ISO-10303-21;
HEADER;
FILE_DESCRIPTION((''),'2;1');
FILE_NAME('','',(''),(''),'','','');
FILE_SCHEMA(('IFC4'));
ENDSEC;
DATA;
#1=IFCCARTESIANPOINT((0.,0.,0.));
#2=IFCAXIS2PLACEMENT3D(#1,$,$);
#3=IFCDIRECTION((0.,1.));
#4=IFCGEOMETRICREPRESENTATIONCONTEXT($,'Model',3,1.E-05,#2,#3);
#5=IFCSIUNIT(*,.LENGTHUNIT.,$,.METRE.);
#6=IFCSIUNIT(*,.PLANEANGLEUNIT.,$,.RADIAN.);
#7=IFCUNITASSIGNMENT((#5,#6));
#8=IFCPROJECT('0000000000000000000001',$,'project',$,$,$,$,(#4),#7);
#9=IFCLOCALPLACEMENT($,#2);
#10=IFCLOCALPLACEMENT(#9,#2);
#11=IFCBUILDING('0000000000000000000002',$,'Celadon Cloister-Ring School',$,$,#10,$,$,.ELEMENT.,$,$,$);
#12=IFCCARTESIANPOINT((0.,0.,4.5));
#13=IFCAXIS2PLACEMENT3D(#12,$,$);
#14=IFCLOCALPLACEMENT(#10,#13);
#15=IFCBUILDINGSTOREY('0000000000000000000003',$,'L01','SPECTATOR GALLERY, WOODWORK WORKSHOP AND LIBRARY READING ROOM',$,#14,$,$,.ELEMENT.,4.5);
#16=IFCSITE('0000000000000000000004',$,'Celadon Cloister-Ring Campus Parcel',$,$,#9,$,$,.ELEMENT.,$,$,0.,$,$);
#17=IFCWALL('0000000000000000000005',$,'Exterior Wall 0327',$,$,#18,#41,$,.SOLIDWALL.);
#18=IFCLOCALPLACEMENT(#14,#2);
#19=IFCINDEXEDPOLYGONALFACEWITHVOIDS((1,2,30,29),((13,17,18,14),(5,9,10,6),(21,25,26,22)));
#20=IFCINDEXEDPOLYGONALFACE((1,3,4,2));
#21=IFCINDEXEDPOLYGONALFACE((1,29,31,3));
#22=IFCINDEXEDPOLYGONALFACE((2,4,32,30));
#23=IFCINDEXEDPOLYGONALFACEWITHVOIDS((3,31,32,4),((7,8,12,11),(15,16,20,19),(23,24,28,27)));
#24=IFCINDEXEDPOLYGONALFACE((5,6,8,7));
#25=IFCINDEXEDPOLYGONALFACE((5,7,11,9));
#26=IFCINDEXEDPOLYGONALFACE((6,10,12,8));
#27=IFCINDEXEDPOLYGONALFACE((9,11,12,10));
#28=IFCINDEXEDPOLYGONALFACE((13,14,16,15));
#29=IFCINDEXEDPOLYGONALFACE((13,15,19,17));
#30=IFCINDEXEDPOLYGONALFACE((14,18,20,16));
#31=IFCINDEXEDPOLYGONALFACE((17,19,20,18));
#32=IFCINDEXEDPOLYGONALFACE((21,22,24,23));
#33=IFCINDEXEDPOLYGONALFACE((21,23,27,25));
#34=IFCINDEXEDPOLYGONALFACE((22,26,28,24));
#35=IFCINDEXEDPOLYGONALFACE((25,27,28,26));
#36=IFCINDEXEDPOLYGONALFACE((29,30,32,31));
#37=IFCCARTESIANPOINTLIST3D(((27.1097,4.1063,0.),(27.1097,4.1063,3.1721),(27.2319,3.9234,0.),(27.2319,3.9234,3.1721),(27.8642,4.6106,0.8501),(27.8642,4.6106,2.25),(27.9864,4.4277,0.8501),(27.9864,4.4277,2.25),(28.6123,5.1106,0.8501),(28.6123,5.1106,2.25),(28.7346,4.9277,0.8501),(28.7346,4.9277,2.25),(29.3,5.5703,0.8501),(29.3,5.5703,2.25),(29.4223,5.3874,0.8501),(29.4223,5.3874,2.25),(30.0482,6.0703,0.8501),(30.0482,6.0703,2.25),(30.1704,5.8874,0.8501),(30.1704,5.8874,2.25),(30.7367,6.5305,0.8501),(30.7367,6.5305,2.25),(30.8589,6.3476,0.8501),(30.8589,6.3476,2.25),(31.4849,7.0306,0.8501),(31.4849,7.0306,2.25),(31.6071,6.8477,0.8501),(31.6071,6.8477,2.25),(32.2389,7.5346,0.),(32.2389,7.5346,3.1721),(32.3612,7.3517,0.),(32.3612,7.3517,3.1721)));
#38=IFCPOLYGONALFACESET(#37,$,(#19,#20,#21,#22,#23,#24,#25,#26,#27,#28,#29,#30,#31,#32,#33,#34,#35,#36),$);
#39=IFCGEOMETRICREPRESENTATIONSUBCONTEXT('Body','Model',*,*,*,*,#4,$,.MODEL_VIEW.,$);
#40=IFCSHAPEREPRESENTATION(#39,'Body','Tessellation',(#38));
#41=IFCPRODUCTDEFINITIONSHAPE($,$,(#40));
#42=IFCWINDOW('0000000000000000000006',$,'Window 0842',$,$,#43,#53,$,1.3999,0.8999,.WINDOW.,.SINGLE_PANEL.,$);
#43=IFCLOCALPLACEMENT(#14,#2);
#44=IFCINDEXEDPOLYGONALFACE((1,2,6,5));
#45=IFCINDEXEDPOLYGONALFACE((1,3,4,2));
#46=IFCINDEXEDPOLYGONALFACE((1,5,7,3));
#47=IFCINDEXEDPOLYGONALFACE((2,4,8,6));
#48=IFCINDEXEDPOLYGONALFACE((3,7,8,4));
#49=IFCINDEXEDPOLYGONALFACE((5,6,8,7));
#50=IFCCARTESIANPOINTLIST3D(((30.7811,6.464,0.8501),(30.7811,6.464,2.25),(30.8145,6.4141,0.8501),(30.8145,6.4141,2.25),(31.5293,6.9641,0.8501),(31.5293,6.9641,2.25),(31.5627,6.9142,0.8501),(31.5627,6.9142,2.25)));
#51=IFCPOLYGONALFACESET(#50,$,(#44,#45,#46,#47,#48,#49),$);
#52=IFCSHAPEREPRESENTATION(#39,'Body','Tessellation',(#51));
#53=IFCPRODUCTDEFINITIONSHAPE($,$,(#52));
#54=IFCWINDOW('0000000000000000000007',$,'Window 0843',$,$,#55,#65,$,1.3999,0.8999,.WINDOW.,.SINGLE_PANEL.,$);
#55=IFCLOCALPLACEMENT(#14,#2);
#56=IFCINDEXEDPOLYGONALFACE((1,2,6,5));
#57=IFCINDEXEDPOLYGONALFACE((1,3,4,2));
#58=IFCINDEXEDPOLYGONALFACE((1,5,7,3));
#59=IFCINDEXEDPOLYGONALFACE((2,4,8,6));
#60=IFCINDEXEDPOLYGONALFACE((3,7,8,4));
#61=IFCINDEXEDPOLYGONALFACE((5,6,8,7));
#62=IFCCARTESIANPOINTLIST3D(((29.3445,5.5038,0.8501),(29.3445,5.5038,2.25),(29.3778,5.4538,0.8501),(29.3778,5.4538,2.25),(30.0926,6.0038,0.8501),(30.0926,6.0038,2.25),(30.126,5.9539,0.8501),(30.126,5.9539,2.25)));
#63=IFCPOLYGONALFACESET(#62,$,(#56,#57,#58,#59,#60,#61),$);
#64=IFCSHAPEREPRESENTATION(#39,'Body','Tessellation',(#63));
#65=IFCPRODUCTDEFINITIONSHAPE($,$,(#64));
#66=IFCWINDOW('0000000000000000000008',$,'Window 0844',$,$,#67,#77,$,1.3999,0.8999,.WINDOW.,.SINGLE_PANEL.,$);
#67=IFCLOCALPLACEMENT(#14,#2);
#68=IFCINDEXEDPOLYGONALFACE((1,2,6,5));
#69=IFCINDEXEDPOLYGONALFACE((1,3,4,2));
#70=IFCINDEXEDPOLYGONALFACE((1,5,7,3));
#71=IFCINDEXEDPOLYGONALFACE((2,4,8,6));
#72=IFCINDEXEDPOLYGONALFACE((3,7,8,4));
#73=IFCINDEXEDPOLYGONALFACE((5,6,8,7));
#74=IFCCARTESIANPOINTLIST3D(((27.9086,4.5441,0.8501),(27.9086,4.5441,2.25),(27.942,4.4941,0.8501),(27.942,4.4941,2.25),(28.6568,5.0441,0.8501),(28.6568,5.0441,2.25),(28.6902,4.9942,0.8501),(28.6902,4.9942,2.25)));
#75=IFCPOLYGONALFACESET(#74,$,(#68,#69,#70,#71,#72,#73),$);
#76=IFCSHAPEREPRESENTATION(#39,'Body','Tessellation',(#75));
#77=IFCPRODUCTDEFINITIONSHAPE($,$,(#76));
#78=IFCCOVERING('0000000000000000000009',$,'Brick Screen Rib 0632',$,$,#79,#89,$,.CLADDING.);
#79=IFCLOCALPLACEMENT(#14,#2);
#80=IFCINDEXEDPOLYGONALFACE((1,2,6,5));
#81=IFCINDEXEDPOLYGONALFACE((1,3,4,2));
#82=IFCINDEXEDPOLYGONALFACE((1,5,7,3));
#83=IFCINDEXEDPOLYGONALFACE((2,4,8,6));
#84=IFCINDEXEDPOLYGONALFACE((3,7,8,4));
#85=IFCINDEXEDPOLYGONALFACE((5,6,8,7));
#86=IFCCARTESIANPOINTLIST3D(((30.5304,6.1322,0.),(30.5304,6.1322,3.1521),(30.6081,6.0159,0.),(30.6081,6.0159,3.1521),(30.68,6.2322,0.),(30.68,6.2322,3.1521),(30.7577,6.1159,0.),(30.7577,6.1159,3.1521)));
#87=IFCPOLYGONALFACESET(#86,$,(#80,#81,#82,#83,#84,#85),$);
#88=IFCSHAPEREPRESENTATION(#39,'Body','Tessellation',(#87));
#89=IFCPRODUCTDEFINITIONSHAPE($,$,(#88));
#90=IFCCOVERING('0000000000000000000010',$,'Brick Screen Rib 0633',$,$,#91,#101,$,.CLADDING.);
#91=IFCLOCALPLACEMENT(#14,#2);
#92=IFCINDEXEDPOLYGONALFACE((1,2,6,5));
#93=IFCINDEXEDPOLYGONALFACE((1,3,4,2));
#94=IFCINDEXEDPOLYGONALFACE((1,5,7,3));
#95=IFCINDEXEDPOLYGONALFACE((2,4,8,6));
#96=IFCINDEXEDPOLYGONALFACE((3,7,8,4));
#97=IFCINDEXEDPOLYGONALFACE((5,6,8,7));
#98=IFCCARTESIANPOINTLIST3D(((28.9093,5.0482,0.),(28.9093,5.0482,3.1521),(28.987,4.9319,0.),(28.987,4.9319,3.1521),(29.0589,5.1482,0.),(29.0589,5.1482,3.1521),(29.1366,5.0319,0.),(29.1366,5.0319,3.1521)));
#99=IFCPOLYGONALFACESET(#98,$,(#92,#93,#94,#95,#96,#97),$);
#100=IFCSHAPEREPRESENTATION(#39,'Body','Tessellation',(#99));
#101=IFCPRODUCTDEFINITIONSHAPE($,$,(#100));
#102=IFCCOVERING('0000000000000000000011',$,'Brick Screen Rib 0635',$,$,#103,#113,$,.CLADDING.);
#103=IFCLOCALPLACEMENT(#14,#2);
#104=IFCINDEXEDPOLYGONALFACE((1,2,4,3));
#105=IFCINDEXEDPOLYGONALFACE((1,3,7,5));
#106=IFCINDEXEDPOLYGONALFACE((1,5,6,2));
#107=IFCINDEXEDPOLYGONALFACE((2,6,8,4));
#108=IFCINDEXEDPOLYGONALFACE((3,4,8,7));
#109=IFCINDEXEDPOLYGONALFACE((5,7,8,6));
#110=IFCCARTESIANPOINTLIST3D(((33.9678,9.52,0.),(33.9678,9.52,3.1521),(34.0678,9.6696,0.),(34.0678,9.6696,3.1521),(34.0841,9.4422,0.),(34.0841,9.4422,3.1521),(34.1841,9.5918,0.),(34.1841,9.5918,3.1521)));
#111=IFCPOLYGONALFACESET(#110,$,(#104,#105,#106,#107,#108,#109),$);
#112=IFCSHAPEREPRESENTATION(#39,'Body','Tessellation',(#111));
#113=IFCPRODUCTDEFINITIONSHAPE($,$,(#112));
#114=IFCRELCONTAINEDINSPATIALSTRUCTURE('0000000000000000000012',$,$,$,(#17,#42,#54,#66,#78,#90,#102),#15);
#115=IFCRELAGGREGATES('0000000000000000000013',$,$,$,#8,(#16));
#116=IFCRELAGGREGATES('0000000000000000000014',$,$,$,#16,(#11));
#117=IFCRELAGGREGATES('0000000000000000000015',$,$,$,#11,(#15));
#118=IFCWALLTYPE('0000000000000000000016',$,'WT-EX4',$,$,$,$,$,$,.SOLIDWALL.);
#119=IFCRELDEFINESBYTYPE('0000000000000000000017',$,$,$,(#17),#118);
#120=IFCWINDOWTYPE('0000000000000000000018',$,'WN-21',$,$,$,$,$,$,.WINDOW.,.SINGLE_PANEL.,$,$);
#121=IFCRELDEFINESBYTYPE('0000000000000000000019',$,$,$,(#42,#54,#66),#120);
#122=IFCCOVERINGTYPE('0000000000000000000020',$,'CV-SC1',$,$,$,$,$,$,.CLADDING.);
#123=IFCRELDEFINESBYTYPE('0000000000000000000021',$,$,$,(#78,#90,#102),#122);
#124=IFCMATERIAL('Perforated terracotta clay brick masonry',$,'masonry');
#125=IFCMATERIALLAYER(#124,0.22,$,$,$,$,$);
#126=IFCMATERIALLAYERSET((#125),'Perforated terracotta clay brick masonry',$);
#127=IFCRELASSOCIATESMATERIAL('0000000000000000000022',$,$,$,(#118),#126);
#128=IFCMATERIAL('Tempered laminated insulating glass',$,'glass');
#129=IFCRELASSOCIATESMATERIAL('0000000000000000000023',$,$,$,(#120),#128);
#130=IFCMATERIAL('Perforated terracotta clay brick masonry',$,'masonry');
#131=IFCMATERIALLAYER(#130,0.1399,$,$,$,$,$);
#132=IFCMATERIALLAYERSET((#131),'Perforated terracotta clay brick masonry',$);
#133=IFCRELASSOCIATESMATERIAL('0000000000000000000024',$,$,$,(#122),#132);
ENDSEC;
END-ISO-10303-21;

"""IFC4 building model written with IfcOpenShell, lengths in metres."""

from ifc_helpers import new_model, si_unit, direction, frame, frame_2d, origin, origin_2d, place, context, subcontext, project, spatial, rectangle, extrude, material, layer, layer_set, type_object, element, fill, save


model = new_model("IFC4")

# Units and contexts
model_context = context("Model", 3, precision=1e-05, world=origin(), true_north=direction((0.0, 1.0)))
body_context = subcontext(model_context, "Body", "Model", "MODEL_VIEW")
ifc_project = project(units=[si_unit("LENGTHUNIT", "METRE"), si_unit("PLANEANGLEUNIT", "RADIAN")], contexts=[model_context])

# Site, building, storey
site_placement = place(None, origin())
site = spatial("IfcSite", under=ifc_project, at=site_placement, Name="Celadon Cloister-Ring Campus Parcel", CompositionType="ELEMENT", RefElevation=0.0)
building_placement = place(site_placement, origin())
building = spatial("IfcBuilding", under=site, at=building_placement, Name="Celadon Cloister-Ring School", CompositionType="ELEMENT")
storey_placement = place(building_placement, frame((0.0, 0.0, 4.5)))
storey = spatial("IfcBuildingStorey", under=building, at=storey_placement, Name="L01", Description="SPECTATOR GALLERY, WOODWORK WORKSHOP AND LIBRARY READING ROOM", CompositionType="ELEMENT", Elevation=4.5)

# Wall, openings, windows
ifc_material_1 = material(Name="Perforated terracotta clay brick masonry", Category="masonry")
ifc_layer_1 = layer(ifc_material_1, 0.22)
ifc_layer_set_1 = layer_set([ifc_layer_1], Name="Perforated terracotta clay brick masonry")
wall_type = type_object("IfcWallType", Name="WT-EX4", PredefinedType="SOLIDWALL", material=ifc_layer_set_1)
ifc_material_2 = material(Name="Tempered laminated insulating glass", Category="glass")
window_type = type_object("IfcWindowType", Name="WN-21", PartitioningType="SINGLE_PANEL", PredefinedType="WINDOW", material=ifc_material_2)
wall_1_placement = place(storey_placement, frame((32.3, 7.4431, 0.0), z_axis=(0.0, 0.0, 1.0), x_axis=(-0.831392, -0.555686, 0.0)))
wall_1 = element("IfcWall", 1, at=wall_1_placement, inside=storey, type_object=wall_type, Name="Exterior Wall 0327", PredefinedType="SOLIDWALL", context=body_context, shape_type="SweptSolid", body=[
    extrude(rectangle(XDim=6.1694, YDim=0.22, at=frame_2d((3.0847, 0.0))), origin(), (0.0, 0.0, 1.0), 3.1721),
])
opening_1_placement = place(wall_1_placement, frame((0.907, 0.0, 0.8501)))
opening_1 = element("IfcOpeningElement", 2, at=opening_1_placement, cuts=wall_1, PredefinedType="OPENING", context=body_context, shape_type="SweptSolid", body=[
    extrude(rectangle(XDim=0.8999, YDim=1.3999, at=frame_2d((0.45, 0.7))), frame((0.0, 0.1201, 0.0), z_axis=(0.0, -1.0, 0.0), x_axis=(1.0, 0.0, 0.0)), (0.0, 0.0, 1.0), 0.24),
])
opening_2_placement = place(wall_1_placement, frame((2.635, 0.0, 0.8501)))
opening_2 = element("IfcOpeningElement", 3, at=opening_2_placement, cuts=wall_1, PredefinedType="OPENING", context=body_context, shape_type="SweptSolid", body=[
    extrude(rectangle(XDim=0.8999, YDim=1.3999, at=frame_2d((0.45, 0.7))), frame((0.0, 0.1201, 0.0), z_axis=(0.0, -1.0, 0.0), x_axis=(1.0, 0.0, 0.0)), (0.0, 0.0, 1.0), 0.24),
])
opening_3_placement = place(wall_1_placement, frame((4.3621, 0.0, 0.8501)))
opening_3 = element("IfcOpeningElement", 4, at=opening_3_placement, cuts=wall_1, PredefinedType="OPENING", context=body_context, shape_type="SweptSolid", body=[
    extrude(rectangle(XDim=0.8999, YDim=1.3999, at=frame_2d((0.45, 0.7))), frame((0.0, 0.1201, 0.0), z_axis=(0.0, -1.0, 0.0), x_axis=(1.0, 0.0, 0.0)), (0.0, 0.0, 1.0), 0.24),
])
window_1_placement = place(opening_1_placement, origin())
window_1 = element("IfcWindow", 5, at=window_1_placement, inside=storey, type_object=window_type, Name="Window 0842", OverallHeight=1.3999, OverallWidth=0.8999, PartitioningType="SINGLE_PANEL", PredefinedType="WINDOW", context=body_context, shape_type="SweptSolid", body=[
    extrude(rectangle(XDim=0.8999, YDim=1.3999, at=frame_2d((0.45, 0.7))), frame((0.0, 0.03, 0.0), z_axis=(0.0, -1.0, 0.0), x_axis=(1.0, 0.0, 0.0)), (0.0, 0.0, 1.0), 0.0601),
])
fill(opening_1, window_1)
window_2_placement = place(opening_2_placement, origin())
window_2 = element("IfcWindow", 6, at=window_2_placement, inside=storey, type_object=window_type, Name="Window 0843", OverallHeight=1.3999, OverallWidth=0.8999, PartitioningType="SINGLE_PANEL", PredefinedType="WINDOW", context=body_context, shape_type="SweptSolid", body=[
    extrude(rectangle(XDim=0.8999, YDim=1.3999, at=frame_2d((0.45, 0.7))), frame((0.0, 0.03, 0.0), z_axis=(0.0, -1.0, 0.0), x_axis=(1.0, 0.0, 0.0)), (0.0, 0.0, 1.0), 0.0601),
])
fill(opening_2, window_2)
window_3_placement = place(opening_3_placement, origin())
window_3 = element("IfcWindow", 7, at=window_3_placement, inside=storey, type_object=window_type, Name="Window 0844", OverallHeight=1.3999, OverallWidth=0.8999, PartitioningType="SINGLE_PANEL", PredefinedType="WINDOW", context=body_context, shape_type="SweptSolid", body=[
    extrude(rectangle(XDim=0.8999, YDim=1.3999, at=frame_2d((0.45, 0.7))), frame((0.0, 0.03, 0.0), z_axis=(0.0, -1.0, 0.0), x_axis=(1.0, 0.0, 0.0)), (0.0, 0.0, 1.0), 0.0601),
])
fill(opening_3, window_3)

# Coverings
ifc_material_3 = material(Name="Perforated terracotta clay brick masonry", Category="masonry")
ifc_layer_2 = layer(ifc_material_3, 0.1399)
ifc_layer_set_2 = layer_set([ifc_layer_2], Name="Perforated terracotta clay brick masonry")
covering_type = type_object("IfcCoveringType", Name="CV-SC1", PredefinedType="CLADDING", material=ifc_layer_set_2)
for number, where, z_axis, x_axis, name in (
    (8, (30.644, 6.124, 0.0), (0.0, 0.0, 1.0), (-0.831402, -0.555672, 0.0), "Brick Screen Rib 0632"),
    (9, (29.0229, 5.04, 0.0), (0.0, 0.0, 1.0), (-0.831402, -0.555672, 0.0), "Brick Screen Rib 0633"),
    (10, (34.0759, 9.5559, 0.0), (0.0, 0.0, 1.0), (-0.555672, -0.831402, 0.0), "Brick Screen Rib 0635"),
):
    element("IfcCovering", number, at=place(storey_placement, frame(where, z_axis=z_axis, x_axis=x_axis)), inside=storey, type_object=covering_type, Name=name, PredefinedType="CLADDING", context=body_context, shape_type="SweptSolid", body=[
        extrude(rectangle(XDim=0.1799, YDim=0.1399, at=origin_2d()), origin(), (0.0, 0.0, 1.0), 3.1521),
    ])

save(model, "model.ifc")
